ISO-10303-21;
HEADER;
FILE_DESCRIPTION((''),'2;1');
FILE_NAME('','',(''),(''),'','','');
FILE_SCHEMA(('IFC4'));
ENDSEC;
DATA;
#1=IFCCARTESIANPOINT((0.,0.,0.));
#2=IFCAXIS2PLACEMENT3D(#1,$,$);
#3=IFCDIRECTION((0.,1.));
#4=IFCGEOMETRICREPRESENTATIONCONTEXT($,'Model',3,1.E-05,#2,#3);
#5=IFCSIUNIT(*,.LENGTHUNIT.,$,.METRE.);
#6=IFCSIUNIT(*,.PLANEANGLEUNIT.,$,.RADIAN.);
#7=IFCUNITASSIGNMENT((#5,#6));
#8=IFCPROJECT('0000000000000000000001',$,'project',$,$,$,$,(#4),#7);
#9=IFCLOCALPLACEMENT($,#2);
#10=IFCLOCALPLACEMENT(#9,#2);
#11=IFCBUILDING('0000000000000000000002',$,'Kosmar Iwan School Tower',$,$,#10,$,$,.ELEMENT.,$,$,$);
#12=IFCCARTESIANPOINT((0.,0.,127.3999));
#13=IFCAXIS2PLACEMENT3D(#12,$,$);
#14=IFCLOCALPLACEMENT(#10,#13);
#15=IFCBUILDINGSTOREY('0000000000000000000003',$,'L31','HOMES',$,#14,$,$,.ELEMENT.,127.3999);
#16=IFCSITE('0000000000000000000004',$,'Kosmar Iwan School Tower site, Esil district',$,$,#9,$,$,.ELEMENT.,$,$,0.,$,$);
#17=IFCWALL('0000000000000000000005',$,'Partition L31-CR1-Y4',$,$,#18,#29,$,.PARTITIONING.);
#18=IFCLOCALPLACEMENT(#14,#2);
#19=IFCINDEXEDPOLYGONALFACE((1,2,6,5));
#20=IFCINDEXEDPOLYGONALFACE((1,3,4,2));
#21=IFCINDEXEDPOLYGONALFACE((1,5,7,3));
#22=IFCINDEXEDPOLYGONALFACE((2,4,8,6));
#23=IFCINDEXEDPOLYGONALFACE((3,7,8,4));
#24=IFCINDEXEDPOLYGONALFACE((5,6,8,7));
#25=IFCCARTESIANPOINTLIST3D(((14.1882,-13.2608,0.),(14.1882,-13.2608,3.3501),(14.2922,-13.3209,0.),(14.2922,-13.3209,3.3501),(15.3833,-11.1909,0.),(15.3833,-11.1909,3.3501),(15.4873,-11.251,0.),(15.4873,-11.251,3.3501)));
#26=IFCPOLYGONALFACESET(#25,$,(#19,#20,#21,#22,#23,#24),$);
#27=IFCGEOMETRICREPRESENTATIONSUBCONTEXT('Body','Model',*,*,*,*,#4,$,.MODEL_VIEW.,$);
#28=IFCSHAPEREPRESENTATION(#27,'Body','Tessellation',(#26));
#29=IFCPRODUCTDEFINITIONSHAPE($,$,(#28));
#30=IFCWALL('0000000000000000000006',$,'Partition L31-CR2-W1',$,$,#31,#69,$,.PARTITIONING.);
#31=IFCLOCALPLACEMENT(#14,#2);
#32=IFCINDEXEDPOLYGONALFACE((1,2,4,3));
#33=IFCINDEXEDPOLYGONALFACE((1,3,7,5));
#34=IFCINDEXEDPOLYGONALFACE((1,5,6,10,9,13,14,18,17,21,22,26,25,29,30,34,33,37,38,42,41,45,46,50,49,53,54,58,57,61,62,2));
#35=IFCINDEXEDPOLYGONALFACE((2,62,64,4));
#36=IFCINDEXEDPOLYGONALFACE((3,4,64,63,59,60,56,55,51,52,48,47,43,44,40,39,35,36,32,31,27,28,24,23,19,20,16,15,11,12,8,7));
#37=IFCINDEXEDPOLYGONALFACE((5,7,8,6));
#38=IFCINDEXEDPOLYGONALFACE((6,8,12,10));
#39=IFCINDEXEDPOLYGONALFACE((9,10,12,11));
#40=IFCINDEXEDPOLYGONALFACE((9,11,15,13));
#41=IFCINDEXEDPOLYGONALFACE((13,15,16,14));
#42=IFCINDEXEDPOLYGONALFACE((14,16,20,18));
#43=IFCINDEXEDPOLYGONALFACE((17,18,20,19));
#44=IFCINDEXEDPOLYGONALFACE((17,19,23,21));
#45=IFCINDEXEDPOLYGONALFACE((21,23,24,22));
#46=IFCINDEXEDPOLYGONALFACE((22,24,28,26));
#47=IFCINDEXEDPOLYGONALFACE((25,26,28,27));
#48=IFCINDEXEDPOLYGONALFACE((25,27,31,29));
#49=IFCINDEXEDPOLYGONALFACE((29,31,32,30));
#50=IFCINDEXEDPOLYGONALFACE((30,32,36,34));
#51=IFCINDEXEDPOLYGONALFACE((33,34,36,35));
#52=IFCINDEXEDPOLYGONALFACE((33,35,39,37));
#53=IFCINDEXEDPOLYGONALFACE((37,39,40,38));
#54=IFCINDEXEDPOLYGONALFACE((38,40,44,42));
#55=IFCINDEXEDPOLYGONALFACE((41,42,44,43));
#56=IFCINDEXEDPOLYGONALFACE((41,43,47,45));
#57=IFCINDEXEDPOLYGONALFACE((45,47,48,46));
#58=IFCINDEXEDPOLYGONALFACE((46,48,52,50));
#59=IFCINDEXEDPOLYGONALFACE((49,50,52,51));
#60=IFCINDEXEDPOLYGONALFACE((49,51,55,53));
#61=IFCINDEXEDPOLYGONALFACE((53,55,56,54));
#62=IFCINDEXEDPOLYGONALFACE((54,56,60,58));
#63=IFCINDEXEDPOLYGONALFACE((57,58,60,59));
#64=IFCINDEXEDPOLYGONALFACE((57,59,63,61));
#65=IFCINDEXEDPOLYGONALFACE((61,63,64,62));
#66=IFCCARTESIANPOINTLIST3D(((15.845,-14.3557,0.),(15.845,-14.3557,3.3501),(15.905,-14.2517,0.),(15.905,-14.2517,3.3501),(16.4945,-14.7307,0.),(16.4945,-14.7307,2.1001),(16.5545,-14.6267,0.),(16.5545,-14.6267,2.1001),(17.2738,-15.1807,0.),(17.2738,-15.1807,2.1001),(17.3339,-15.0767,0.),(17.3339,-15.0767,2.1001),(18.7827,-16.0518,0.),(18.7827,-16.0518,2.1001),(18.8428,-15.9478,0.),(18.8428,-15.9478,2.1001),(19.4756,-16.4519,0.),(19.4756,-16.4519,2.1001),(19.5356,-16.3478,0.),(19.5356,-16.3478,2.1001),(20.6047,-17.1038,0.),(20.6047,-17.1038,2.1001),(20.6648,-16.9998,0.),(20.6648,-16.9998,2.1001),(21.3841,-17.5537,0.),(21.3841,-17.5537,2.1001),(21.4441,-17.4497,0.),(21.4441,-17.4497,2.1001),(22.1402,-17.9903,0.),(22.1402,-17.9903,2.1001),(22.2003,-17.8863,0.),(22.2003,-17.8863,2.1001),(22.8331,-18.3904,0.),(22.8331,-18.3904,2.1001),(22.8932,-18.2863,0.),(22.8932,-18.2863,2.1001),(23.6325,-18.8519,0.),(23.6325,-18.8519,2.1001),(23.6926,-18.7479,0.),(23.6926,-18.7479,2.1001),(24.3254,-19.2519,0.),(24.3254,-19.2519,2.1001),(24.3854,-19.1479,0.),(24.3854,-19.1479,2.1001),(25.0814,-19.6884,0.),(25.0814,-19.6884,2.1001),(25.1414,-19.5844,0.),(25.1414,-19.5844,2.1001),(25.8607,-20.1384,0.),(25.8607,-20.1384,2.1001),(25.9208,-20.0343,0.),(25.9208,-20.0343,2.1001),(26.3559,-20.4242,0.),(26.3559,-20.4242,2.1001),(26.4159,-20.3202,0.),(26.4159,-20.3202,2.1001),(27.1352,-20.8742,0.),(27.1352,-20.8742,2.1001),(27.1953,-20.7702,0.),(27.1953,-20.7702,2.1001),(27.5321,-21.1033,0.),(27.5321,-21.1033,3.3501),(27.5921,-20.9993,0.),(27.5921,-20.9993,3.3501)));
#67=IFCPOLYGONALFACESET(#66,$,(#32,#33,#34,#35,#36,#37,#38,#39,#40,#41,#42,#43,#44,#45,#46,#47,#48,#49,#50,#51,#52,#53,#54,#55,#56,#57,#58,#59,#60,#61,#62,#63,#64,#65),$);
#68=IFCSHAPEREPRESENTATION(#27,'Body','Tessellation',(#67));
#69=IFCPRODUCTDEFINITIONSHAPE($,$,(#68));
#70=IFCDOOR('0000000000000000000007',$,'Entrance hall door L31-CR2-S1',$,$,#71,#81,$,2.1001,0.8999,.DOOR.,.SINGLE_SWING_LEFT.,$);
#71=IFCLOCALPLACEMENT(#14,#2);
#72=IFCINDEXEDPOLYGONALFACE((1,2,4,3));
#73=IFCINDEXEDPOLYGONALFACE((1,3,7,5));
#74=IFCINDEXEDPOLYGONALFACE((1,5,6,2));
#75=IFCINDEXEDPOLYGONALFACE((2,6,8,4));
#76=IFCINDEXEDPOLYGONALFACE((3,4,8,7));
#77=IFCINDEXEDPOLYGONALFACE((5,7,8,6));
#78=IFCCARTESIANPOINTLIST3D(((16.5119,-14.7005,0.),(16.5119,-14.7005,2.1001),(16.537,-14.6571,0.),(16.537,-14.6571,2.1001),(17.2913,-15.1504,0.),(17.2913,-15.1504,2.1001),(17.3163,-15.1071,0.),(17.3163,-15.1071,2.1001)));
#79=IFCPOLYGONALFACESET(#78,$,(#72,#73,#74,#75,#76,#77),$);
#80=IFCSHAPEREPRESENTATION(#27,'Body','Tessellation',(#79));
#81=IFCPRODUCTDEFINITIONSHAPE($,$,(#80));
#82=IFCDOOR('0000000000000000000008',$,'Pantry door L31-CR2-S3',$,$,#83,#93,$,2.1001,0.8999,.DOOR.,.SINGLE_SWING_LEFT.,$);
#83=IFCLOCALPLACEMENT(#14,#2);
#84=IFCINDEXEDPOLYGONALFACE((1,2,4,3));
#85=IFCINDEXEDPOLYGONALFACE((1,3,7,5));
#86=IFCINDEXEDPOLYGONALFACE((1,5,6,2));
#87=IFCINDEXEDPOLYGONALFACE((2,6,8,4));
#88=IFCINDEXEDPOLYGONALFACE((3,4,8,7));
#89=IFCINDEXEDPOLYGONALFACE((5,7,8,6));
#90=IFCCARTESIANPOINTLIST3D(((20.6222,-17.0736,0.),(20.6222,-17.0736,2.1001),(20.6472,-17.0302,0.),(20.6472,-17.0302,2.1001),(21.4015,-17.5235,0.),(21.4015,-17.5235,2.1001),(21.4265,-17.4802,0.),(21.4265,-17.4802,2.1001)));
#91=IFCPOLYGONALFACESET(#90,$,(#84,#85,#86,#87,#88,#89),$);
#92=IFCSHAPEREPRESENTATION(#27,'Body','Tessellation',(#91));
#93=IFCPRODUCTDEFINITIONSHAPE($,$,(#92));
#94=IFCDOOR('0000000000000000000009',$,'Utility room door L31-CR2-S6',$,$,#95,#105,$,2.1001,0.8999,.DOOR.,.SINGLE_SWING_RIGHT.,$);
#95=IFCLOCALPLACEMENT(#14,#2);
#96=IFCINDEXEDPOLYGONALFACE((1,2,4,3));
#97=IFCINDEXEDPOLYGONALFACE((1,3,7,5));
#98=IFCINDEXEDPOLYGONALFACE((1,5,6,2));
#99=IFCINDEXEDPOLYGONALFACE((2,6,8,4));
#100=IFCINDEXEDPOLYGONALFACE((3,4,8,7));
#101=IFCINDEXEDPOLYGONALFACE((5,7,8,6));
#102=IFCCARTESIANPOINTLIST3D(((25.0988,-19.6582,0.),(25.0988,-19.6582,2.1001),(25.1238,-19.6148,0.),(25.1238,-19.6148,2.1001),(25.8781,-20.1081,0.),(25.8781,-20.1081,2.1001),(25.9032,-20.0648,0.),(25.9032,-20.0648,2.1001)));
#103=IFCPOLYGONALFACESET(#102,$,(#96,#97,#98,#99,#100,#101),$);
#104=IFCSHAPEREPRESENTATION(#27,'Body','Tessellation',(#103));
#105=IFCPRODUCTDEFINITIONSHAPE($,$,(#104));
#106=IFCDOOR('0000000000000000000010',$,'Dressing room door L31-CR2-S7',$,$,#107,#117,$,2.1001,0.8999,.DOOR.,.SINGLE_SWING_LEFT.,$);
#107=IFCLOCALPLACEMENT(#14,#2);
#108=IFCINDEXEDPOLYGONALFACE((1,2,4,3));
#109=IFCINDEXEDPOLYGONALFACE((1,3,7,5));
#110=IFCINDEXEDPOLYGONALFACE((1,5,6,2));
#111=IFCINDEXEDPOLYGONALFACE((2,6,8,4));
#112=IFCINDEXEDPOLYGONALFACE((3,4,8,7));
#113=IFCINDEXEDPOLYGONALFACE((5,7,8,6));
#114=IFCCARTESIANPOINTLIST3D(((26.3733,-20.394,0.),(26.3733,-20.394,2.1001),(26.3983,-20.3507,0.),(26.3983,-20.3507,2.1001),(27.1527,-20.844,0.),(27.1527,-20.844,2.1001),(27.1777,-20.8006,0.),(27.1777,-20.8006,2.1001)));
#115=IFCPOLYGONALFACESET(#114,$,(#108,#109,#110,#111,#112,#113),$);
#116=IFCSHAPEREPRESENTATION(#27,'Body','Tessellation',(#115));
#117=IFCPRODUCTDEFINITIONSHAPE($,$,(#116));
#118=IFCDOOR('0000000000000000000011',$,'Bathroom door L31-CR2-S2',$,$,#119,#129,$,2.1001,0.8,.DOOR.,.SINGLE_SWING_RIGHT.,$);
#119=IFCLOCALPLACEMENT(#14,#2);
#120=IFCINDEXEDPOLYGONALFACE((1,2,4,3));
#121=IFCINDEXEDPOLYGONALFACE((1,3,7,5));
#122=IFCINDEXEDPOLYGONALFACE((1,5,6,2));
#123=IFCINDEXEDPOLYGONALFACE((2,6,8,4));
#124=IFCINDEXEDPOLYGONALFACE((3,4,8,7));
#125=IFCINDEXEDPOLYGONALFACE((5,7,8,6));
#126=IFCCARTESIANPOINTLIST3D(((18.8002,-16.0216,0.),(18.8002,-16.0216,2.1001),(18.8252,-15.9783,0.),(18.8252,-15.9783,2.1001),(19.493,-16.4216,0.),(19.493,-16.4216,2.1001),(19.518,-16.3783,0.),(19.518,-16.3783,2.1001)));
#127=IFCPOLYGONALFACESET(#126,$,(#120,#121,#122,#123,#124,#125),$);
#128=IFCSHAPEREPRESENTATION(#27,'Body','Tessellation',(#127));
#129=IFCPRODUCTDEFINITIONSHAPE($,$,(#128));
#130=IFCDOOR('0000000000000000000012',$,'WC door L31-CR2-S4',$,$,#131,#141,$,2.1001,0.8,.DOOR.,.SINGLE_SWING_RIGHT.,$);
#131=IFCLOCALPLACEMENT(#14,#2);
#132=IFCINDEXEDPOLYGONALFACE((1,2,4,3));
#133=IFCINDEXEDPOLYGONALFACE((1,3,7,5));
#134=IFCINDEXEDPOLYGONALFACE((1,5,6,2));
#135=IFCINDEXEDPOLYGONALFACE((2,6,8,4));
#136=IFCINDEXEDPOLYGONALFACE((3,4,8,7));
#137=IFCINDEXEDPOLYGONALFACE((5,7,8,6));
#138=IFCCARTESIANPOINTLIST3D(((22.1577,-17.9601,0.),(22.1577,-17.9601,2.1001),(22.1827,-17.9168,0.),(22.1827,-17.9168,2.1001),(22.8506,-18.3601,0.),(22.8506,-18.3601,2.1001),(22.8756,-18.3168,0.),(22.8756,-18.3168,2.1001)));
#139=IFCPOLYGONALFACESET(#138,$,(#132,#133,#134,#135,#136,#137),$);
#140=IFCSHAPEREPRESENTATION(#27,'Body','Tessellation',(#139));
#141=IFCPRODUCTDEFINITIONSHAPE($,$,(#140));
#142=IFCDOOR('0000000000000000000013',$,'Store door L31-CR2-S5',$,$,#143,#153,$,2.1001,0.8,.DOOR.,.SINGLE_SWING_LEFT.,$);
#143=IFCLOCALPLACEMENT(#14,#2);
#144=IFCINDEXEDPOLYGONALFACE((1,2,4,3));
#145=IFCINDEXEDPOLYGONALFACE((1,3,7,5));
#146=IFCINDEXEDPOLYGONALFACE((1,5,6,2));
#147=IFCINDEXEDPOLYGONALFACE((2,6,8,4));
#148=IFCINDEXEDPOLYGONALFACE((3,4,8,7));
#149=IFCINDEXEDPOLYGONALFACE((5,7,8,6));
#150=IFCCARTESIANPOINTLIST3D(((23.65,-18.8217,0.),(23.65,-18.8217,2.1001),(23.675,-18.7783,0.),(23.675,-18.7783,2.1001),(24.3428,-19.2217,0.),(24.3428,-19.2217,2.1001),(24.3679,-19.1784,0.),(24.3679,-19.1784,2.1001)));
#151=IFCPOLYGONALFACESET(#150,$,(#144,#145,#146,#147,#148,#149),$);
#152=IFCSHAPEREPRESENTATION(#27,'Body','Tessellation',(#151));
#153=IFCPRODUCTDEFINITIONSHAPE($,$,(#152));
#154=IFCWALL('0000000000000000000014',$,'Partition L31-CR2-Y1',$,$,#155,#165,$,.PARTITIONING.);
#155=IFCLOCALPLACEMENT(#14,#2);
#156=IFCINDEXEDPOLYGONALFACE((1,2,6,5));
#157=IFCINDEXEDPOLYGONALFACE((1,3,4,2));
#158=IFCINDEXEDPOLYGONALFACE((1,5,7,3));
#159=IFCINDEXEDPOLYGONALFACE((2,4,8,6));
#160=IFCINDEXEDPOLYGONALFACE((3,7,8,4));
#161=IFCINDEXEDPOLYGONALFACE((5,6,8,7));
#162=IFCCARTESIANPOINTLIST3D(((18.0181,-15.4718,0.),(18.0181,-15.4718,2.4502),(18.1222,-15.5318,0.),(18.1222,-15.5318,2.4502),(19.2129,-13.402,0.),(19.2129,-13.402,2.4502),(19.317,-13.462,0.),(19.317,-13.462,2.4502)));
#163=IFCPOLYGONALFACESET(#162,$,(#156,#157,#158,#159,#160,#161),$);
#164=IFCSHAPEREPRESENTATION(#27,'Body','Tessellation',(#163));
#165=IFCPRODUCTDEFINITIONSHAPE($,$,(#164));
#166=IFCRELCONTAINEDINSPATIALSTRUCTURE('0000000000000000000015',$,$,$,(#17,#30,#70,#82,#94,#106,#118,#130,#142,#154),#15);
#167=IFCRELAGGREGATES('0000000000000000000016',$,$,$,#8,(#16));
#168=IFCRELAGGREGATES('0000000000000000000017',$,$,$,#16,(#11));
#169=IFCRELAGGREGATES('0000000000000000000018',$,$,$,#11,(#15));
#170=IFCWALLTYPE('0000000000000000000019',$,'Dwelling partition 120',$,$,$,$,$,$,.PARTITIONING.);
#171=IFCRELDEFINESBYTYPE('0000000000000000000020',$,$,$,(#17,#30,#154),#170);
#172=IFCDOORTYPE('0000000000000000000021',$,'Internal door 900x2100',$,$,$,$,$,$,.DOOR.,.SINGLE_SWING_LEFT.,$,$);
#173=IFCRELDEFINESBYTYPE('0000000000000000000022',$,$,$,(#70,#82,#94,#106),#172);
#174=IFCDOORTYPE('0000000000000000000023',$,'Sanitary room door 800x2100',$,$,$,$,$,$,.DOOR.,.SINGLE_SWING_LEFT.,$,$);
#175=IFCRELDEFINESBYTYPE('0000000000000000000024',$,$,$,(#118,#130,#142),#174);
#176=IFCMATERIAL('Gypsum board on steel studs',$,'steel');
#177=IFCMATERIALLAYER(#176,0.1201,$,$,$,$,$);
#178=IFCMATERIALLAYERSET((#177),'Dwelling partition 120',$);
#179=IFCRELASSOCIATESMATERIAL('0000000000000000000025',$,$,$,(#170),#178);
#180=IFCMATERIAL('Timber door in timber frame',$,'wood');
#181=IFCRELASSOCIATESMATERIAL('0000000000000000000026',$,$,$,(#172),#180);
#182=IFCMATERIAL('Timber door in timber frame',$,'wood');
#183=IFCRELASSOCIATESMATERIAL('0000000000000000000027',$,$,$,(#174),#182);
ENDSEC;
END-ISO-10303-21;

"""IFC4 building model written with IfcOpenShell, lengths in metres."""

from ifc_helpers import new_model, si_unit, direction, frame, frame_2d, origin, place, context, subcontext, project, spatial, rectangle, extrude, material, layer, layer_set, type_object, element, fill, save


model = new_model("IFC4")

# Units and contexts
model_context = context("Model", 3, precision=1e-05, world=origin(), true_north=direction((0.0, 1.0)))
body_context = subcontext(model_context, "Body", "Model", "MODEL_VIEW")
ifc_project = project(units=[si_unit("LENGTHUNIT", "METRE"), si_unit("PLANEANGLEUNIT", "RADIAN")], contexts=[model_context])

# Site, building, storey
site_placement = place(None, origin())
site = spatial("IfcSite", under=ifc_project, at=site_placement, Name="Kosmar Iwan School Tower site, Esil district", CompositionType="ELEMENT", RefElevation=0.0)
building_placement = place(site_placement, origin())
building = spatial("IfcBuilding", under=site, at=building_placement, Name="Kosmar Iwan School Tower", CompositionType="ELEMENT")
storey_placement = place(building_placement, frame((0.0, 0.0, 127.3999)))
storey = spatial("IfcBuildingStorey", under=building, at=storey_placement, Name="L31", Description="HOMES", CompositionType="ELEMENT", Elevation=127.3999)

# Shared definitions
ifc_material_1 = material(Name="Gypsum board on steel studs", Category="steel")
ifc_layer_1 = layer(ifc_material_1, 0.1201)
ifc_layer_set_1 = layer_set([ifc_layer_1], Name="Dwelling partition 120")
wall_type_1 = type_object("IfcWallType", Name="Dwelling partition 120", PredefinedType="PARTITIONING", material=ifc_layer_set_1)

# Shared definitions
ifc_material_2 = material(Name="Timber door in timber frame", Category="wood")
door_type_1 = type_object("IfcDoorType", Name="Internal door 900x2100", OperationType="SINGLE_SWING_LEFT", PredefinedType="DOOR", material=ifc_material_2)

# Wall
wall_1_placement = place(storey_placement, frame((15.4353, -11.2209, 0.0), z_axis=(0.0, 0.0, 1.0), x_axis=(-0.500017, -0.866015, 0.0)))
element("IfcWall", 1, at=wall_1_placement, inside=storey, type_object=wall_type_1, Name="Partition L31-CR1-Y4", PredefinedType="PARTITIONING", context=body_context, shape_type="SweptSolid", body=[
    extrude(rectangle(XDim=2.3901, YDim=0.1201, at=frame_2d((1.1951, 0.0))), origin(), (0.0, 0.0, 1.0), 3.3501),
])

# Wall, openings, doors
wall_2_placement = place(storey_placement, frame((15.875, -14.3037, 0.0), z_axis=(0.0, 0.0, 1.0), x_axis=(0.866024, -0.500003, 0.0)))
wall_2 = element("IfcWall", 2, at=wall_2_placement, inside=storey, type_object=wall_type_1, Name="Partition L31-CR2-W1", PredefinedType="PARTITIONING", context=body_context, shape_type="SweptSolid", body=[
    extrude(rectangle(XDim=13.4951, YDim=0.1201, at=frame_2d((6.7476, 0.0))), origin(), (0.0, 0.0, 1.0), 3.3501),
])
opening_1_placement = place(wall_2_placement, frame((0.75, 0.0, 0.0)))
opening_1 = element("IfcOpeningElement", 3, at=opening_1_placement, cuts=wall_2, PredefinedType="OPENING", context=body_context, shape_type="SweptSolid", body=[
    extrude(rectangle(XDim=0.8999, YDim=2.1001, at=frame_2d((0.45, 1.05))), frame((0.0, 0.072, 0.0), z_axis=(0.0, -1.0, 0.0), x_axis=(1.0, 0.0, 0.0)), (0.0, 0.0, 1.0), 0.144),
])
opening_2_placement = place(wall_2_placement, frame((3.3923, 0.0, 0.0)))
opening_2 = element("IfcOpeningElement", 4, at=opening_2_placement, cuts=wall_2, PredefinedType="OPENING", context=body_context, shape_type="SweptSolid", body=[
    extrude(rectangle(XDim=0.8, YDim=2.1001, at=frame_2d((0.3999, 1.05))), frame((0.0, 0.072, 0.0), z_axis=(0.0, -1.0, 0.0), x_axis=(1.0, 0.0, 0.0)), (0.0, 0.0, 1.0), 0.144),
])
opening_3_placement = place(wall_2_placement, frame((5.4961, 0.0, 0.0)))
opening_3 = element("IfcOpeningElement", 5, at=opening_3_placement, cuts=wall_2, PredefinedType="OPENING", context=body_context, shape_type="SweptSolid", body=[
    extrude(rectangle(XDim=0.8999, YDim=2.1001, at=frame_2d((0.45, 1.05))), frame((0.0, 0.072, 0.0), z_axis=(0.0, -1.0, 0.0), x_axis=(1.0, 0.0, 0.0)), (0.0, 0.0, 1.0), 0.144),
])
opening_4_placement = place(wall_2_placement, frame((7.2693, 0.0, 0.0)))
opening_4 = element("IfcOpeningElement", 6, at=opening_4_placement, cuts=wall_2, PredefinedType="OPENING", context=body_context, shape_type="SweptSolid", body=[
    extrude(rectangle(XDim=0.8, YDim=2.1001, at=frame_2d((0.3999, 1.05))), frame((0.0, 0.072, 0.0), z_axis=(0.0, -1.0, 0.0), x_axis=(1.0, 0.0, 0.0)), (0.0, 0.0, 1.0), 0.144),
])
opening_5_placement = place(wall_2_placement, frame((8.9924, 0.0, 0.0)))
opening_5 = element("IfcOpeningElement", 7, at=opening_5_placement, cuts=wall_2, PredefinedType="OPENING", context=body_context, shape_type="SweptSolid", body=[
    extrude(rectangle(XDim=0.8, YDim=2.1001, at=frame_2d((0.3999, 1.05))), frame((0.0, 0.072, 0.0), z_axis=(0.0, -1.0, 0.0), x_axis=(1.0, 0.0, 0.0)), (0.0, 0.0, 1.0), 0.144),
])
opening_6_placement = place(wall_2_placement, frame((10.6653, 0.0, 0.0)))
opening_6 = element("IfcOpeningElement", 8, at=opening_6_placement, cuts=wall_2, PredefinedType="OPENING", context=body_context, shape_type="SweptSolid", body=[
    extrude(rectangle(XDim=0.8999, YDim=2.1001, at=frame_2d((0.45, 1.05))), frame((0.0, 0.072, 0.0), z_axis=(0.0, -1.0, 0.0), x_axis=(1.0, 0.0, 0.0)), (0.0, 0.0, 1.0), 0.144),
])
opening_7_placement = place(wall_2_placement, frame((12.137, 0.0, 0.0)))
opening_7 = element("IfcOpeningElement", 9, at=opening_7_placement, cuts=wall_2, PredefinedType="OPENING", context=body_context, shape_type="SweptSolid", body=[
    extrude(rectangle(XDim=0.8999, YDim=2.1001, at=frame_2d((0.45, 1.05))), frame((0.0, 0.072, 0.0), z_axis=(0.0, -1.0, 0.0), x_axis=(1.0, 0.0, 0.0)), (0.0, 0.0, 1.0), 0.144),
])
door_1_placement = place(opening_1_placement, origin())
door_1 = element("IfcDoor", 10, at=door_1_placement, inside=storey, type_object=door_type_1, Name="Entrance hall door L31-CR2-S1", OperationType="SINGLE_SWING_LEFT", OverallHeight=2.1001, OverallWidth=0.8999, PredefinedType="DOOR", context=body_context, shape_type="SweptSolid", body=[
    extrude(rectangle(XDim=0.8999, YDim=2.1001, at=frame_2d((0.45, 1.05))), frame((0.0, 0.0249, 0.0), z_axis=(0.0, -1.0, 0.0), x_axis=(1.0, 0.0, 0.0)), (0.0, 0.0, 1.0), 0.05),
])
fill(opening_1, door_1)
door_2_placement = place(opening_3_placement, origin())
door_2 = element("IfcDoor", 11, at=door_2_placement, inside=storey, type_object=door_type_1, Name="Pantry door L31-CR2-S3", OperationType="SINGLE_SWING_LEFT", OverallHeight=2.1001, OverallWidth=0.8999, PredefinedType="DOOR", context=body_context, shape_type="SweptSolid", body=[
    extrude(rectangle(XDim=0.8999, YDim=2.1001, at=frame_2d((0.45, 1.05))), frame((0.0, 0.0249, 0.0), z_axis=(0.0, -1.0, 0.0), x_axis=(1.0, 0.0, 0.0)), (0.0, 0.0, 1.0), 0.05),
])
fill(opening_3, door_2)
door_3_placement = place(opening_6_placement, origin())
door_3 = element("IfcDoor", 12, at=door_3_placement, inside=storey, type_object=door_type_1, Name="Utility room door L31-CR2-S6", OperationType="SINGLE_SWING_RIGHT", OverallHeight=2.1001, OverallWidth=0.8999, PredefinedType="DOOR", context=body_context, shape_type="SweptSolid", body=[
    extrude(rectangle(XDim=0.8999, YDim=2.1001, at=frame_2d((0.45, 1.05))), frame((0.0, 0.0249, 0.0), z_axis=(0.0, -1.0, 0.0), x_axis=(1.0, 0.0, 0.0)), (0.0, 0.0, 1.0), 0.05),
])
fill(opening_6, door_3)
door_4_placement = place(opening_7_placement, origin())
door_4 = element("IfcDoor", 13, at=door_4_placement, inside=storey, type_object=door_type_1, Name="Dressing room door L31-CR2-S7", OperationType="SINGLE_SWING_LEFT", OverallHeight=2.1001, OverallWidth=0.8999, PredefinedType="DOOR", context=body_context, shape_type="SweptSolid", body=[
    extrude(rectangle(XDim=0.8999, YDim=2.1001, at=frame_2d((0.45, 1.05))), frame((0.0, 0.0249, 0.0), z_axis=(0.0, -1.0, 0.0), x_axis=(1.0, 0.0, 0.0)), (0.0, 0.0, 1.0), 0.05),
])
fill(opening_7, door_4)
ifc_material_3 = material(Name="Timber door in timber frame", Category="wood")
door_type_2 = type_object("IfcDoorType", Name="Sanitary room door 800x2100", OperationType="SINGLE_SWING_LEFT", PredefinedType="DOOR", material=ifc_material_3)
door_5_placement = place(opening_2_placement, origin())
door_5 = element("IfcDoor", 14, at=door_5_placement, inside=storey, type_object=door_type_2, Name="Bathroom door L31-CR2-S2", OperationType="SINGLE_SWING_RIGHT", OverallHeight=2.1001, OverallWidth=0.8, PredefinedType="DOOR", context=body_context, shape_type="SweptSolid", body=[
    extrude(rectangle(XDim=0.8, YDim=2.1001, at=frame_2d((0.3999, 1.05))), frame((0.0, 0.0249, 0.0), z_axis=(0.0, -1.0, 0.0), x_axis=(1.0, 0.0, 0.0)), (0.0, 0.0, 1.0), 0.05),
])
fill(opening_2, door_5)
door_6_placement = place(opening_4_placement, origin())
door_6 = element("IfcDoor", 15, at=door_6_placement, inside=storey, type_object=door_type_2, Name="WC door L31-CR2-S4", OperationType="SINGLE_SWING_RIGHT", OverallHeight=2.1001, OverallWidth=0.8, PredefinedType="DOOR", context=body_context, shape_type="SweptSolid", body=[
    extrude(rectangle(XDim=0.8, YDim=2.1001, at=frame_2d((0.3999, 1.05))), frame((0.0, 0.0249, 0.0), z_axis=(0.0, -1.0, 0.0), x_axis=(1.0, 0.0, 0.0)), (0.0, 0.0, 1.0), 0.05),
])
fill(opening_4, door_6)
door_7_placement = place(opening_5_placement, origin())
door_7 = element("IfcDoor", 16, at=door_7_placement, inside=storey, type_object=door_type_2, Name="Store door L31-CR2-S5", OperationType="SINGLE_SWING_LEFT", OverallHeight=2.1001, OverallWidth=0.8, PredefinedType="DOOR", context=body_context, shape_type="SweptSolid", body=[
    extrude(rectangle(XDim=0.8, YDim=2.1001, at=frame_2d((0.3999, 1.05))), frame((0.0, 0.0249, 0.0), z_axis=(0.0, -1.0, 0.0), x_axis=(1.0, 0.0, 0.0)), (0.0, 0.0, 1.0), 0.05),
])
fill(opening_5, door_7)

# Wall
wall_3_placement = place(storey_placement, frame((19.2649, -13.4321, 0.0), z_axis=(0.0, 0.0, 1.0), x_axis=(-0.499941, -0.86606, 0.0)))
element("IfcWall", 17, at=wall_3_placement, inside=storey, type_object=wall_type_1, Name="Partition L31-CR2-Y1", PredefinedType="PARTITIONING", context=body_context, shape_type="SweptSolid", body=[
    extrude(rectangle(XDim=2.3899, YDim=0.1201, at=frame_2d((1.1948, 0.0))), origin(), (0.0, 0.0, 1.0), 2.4502),
])

save(model, "model.ifc")
